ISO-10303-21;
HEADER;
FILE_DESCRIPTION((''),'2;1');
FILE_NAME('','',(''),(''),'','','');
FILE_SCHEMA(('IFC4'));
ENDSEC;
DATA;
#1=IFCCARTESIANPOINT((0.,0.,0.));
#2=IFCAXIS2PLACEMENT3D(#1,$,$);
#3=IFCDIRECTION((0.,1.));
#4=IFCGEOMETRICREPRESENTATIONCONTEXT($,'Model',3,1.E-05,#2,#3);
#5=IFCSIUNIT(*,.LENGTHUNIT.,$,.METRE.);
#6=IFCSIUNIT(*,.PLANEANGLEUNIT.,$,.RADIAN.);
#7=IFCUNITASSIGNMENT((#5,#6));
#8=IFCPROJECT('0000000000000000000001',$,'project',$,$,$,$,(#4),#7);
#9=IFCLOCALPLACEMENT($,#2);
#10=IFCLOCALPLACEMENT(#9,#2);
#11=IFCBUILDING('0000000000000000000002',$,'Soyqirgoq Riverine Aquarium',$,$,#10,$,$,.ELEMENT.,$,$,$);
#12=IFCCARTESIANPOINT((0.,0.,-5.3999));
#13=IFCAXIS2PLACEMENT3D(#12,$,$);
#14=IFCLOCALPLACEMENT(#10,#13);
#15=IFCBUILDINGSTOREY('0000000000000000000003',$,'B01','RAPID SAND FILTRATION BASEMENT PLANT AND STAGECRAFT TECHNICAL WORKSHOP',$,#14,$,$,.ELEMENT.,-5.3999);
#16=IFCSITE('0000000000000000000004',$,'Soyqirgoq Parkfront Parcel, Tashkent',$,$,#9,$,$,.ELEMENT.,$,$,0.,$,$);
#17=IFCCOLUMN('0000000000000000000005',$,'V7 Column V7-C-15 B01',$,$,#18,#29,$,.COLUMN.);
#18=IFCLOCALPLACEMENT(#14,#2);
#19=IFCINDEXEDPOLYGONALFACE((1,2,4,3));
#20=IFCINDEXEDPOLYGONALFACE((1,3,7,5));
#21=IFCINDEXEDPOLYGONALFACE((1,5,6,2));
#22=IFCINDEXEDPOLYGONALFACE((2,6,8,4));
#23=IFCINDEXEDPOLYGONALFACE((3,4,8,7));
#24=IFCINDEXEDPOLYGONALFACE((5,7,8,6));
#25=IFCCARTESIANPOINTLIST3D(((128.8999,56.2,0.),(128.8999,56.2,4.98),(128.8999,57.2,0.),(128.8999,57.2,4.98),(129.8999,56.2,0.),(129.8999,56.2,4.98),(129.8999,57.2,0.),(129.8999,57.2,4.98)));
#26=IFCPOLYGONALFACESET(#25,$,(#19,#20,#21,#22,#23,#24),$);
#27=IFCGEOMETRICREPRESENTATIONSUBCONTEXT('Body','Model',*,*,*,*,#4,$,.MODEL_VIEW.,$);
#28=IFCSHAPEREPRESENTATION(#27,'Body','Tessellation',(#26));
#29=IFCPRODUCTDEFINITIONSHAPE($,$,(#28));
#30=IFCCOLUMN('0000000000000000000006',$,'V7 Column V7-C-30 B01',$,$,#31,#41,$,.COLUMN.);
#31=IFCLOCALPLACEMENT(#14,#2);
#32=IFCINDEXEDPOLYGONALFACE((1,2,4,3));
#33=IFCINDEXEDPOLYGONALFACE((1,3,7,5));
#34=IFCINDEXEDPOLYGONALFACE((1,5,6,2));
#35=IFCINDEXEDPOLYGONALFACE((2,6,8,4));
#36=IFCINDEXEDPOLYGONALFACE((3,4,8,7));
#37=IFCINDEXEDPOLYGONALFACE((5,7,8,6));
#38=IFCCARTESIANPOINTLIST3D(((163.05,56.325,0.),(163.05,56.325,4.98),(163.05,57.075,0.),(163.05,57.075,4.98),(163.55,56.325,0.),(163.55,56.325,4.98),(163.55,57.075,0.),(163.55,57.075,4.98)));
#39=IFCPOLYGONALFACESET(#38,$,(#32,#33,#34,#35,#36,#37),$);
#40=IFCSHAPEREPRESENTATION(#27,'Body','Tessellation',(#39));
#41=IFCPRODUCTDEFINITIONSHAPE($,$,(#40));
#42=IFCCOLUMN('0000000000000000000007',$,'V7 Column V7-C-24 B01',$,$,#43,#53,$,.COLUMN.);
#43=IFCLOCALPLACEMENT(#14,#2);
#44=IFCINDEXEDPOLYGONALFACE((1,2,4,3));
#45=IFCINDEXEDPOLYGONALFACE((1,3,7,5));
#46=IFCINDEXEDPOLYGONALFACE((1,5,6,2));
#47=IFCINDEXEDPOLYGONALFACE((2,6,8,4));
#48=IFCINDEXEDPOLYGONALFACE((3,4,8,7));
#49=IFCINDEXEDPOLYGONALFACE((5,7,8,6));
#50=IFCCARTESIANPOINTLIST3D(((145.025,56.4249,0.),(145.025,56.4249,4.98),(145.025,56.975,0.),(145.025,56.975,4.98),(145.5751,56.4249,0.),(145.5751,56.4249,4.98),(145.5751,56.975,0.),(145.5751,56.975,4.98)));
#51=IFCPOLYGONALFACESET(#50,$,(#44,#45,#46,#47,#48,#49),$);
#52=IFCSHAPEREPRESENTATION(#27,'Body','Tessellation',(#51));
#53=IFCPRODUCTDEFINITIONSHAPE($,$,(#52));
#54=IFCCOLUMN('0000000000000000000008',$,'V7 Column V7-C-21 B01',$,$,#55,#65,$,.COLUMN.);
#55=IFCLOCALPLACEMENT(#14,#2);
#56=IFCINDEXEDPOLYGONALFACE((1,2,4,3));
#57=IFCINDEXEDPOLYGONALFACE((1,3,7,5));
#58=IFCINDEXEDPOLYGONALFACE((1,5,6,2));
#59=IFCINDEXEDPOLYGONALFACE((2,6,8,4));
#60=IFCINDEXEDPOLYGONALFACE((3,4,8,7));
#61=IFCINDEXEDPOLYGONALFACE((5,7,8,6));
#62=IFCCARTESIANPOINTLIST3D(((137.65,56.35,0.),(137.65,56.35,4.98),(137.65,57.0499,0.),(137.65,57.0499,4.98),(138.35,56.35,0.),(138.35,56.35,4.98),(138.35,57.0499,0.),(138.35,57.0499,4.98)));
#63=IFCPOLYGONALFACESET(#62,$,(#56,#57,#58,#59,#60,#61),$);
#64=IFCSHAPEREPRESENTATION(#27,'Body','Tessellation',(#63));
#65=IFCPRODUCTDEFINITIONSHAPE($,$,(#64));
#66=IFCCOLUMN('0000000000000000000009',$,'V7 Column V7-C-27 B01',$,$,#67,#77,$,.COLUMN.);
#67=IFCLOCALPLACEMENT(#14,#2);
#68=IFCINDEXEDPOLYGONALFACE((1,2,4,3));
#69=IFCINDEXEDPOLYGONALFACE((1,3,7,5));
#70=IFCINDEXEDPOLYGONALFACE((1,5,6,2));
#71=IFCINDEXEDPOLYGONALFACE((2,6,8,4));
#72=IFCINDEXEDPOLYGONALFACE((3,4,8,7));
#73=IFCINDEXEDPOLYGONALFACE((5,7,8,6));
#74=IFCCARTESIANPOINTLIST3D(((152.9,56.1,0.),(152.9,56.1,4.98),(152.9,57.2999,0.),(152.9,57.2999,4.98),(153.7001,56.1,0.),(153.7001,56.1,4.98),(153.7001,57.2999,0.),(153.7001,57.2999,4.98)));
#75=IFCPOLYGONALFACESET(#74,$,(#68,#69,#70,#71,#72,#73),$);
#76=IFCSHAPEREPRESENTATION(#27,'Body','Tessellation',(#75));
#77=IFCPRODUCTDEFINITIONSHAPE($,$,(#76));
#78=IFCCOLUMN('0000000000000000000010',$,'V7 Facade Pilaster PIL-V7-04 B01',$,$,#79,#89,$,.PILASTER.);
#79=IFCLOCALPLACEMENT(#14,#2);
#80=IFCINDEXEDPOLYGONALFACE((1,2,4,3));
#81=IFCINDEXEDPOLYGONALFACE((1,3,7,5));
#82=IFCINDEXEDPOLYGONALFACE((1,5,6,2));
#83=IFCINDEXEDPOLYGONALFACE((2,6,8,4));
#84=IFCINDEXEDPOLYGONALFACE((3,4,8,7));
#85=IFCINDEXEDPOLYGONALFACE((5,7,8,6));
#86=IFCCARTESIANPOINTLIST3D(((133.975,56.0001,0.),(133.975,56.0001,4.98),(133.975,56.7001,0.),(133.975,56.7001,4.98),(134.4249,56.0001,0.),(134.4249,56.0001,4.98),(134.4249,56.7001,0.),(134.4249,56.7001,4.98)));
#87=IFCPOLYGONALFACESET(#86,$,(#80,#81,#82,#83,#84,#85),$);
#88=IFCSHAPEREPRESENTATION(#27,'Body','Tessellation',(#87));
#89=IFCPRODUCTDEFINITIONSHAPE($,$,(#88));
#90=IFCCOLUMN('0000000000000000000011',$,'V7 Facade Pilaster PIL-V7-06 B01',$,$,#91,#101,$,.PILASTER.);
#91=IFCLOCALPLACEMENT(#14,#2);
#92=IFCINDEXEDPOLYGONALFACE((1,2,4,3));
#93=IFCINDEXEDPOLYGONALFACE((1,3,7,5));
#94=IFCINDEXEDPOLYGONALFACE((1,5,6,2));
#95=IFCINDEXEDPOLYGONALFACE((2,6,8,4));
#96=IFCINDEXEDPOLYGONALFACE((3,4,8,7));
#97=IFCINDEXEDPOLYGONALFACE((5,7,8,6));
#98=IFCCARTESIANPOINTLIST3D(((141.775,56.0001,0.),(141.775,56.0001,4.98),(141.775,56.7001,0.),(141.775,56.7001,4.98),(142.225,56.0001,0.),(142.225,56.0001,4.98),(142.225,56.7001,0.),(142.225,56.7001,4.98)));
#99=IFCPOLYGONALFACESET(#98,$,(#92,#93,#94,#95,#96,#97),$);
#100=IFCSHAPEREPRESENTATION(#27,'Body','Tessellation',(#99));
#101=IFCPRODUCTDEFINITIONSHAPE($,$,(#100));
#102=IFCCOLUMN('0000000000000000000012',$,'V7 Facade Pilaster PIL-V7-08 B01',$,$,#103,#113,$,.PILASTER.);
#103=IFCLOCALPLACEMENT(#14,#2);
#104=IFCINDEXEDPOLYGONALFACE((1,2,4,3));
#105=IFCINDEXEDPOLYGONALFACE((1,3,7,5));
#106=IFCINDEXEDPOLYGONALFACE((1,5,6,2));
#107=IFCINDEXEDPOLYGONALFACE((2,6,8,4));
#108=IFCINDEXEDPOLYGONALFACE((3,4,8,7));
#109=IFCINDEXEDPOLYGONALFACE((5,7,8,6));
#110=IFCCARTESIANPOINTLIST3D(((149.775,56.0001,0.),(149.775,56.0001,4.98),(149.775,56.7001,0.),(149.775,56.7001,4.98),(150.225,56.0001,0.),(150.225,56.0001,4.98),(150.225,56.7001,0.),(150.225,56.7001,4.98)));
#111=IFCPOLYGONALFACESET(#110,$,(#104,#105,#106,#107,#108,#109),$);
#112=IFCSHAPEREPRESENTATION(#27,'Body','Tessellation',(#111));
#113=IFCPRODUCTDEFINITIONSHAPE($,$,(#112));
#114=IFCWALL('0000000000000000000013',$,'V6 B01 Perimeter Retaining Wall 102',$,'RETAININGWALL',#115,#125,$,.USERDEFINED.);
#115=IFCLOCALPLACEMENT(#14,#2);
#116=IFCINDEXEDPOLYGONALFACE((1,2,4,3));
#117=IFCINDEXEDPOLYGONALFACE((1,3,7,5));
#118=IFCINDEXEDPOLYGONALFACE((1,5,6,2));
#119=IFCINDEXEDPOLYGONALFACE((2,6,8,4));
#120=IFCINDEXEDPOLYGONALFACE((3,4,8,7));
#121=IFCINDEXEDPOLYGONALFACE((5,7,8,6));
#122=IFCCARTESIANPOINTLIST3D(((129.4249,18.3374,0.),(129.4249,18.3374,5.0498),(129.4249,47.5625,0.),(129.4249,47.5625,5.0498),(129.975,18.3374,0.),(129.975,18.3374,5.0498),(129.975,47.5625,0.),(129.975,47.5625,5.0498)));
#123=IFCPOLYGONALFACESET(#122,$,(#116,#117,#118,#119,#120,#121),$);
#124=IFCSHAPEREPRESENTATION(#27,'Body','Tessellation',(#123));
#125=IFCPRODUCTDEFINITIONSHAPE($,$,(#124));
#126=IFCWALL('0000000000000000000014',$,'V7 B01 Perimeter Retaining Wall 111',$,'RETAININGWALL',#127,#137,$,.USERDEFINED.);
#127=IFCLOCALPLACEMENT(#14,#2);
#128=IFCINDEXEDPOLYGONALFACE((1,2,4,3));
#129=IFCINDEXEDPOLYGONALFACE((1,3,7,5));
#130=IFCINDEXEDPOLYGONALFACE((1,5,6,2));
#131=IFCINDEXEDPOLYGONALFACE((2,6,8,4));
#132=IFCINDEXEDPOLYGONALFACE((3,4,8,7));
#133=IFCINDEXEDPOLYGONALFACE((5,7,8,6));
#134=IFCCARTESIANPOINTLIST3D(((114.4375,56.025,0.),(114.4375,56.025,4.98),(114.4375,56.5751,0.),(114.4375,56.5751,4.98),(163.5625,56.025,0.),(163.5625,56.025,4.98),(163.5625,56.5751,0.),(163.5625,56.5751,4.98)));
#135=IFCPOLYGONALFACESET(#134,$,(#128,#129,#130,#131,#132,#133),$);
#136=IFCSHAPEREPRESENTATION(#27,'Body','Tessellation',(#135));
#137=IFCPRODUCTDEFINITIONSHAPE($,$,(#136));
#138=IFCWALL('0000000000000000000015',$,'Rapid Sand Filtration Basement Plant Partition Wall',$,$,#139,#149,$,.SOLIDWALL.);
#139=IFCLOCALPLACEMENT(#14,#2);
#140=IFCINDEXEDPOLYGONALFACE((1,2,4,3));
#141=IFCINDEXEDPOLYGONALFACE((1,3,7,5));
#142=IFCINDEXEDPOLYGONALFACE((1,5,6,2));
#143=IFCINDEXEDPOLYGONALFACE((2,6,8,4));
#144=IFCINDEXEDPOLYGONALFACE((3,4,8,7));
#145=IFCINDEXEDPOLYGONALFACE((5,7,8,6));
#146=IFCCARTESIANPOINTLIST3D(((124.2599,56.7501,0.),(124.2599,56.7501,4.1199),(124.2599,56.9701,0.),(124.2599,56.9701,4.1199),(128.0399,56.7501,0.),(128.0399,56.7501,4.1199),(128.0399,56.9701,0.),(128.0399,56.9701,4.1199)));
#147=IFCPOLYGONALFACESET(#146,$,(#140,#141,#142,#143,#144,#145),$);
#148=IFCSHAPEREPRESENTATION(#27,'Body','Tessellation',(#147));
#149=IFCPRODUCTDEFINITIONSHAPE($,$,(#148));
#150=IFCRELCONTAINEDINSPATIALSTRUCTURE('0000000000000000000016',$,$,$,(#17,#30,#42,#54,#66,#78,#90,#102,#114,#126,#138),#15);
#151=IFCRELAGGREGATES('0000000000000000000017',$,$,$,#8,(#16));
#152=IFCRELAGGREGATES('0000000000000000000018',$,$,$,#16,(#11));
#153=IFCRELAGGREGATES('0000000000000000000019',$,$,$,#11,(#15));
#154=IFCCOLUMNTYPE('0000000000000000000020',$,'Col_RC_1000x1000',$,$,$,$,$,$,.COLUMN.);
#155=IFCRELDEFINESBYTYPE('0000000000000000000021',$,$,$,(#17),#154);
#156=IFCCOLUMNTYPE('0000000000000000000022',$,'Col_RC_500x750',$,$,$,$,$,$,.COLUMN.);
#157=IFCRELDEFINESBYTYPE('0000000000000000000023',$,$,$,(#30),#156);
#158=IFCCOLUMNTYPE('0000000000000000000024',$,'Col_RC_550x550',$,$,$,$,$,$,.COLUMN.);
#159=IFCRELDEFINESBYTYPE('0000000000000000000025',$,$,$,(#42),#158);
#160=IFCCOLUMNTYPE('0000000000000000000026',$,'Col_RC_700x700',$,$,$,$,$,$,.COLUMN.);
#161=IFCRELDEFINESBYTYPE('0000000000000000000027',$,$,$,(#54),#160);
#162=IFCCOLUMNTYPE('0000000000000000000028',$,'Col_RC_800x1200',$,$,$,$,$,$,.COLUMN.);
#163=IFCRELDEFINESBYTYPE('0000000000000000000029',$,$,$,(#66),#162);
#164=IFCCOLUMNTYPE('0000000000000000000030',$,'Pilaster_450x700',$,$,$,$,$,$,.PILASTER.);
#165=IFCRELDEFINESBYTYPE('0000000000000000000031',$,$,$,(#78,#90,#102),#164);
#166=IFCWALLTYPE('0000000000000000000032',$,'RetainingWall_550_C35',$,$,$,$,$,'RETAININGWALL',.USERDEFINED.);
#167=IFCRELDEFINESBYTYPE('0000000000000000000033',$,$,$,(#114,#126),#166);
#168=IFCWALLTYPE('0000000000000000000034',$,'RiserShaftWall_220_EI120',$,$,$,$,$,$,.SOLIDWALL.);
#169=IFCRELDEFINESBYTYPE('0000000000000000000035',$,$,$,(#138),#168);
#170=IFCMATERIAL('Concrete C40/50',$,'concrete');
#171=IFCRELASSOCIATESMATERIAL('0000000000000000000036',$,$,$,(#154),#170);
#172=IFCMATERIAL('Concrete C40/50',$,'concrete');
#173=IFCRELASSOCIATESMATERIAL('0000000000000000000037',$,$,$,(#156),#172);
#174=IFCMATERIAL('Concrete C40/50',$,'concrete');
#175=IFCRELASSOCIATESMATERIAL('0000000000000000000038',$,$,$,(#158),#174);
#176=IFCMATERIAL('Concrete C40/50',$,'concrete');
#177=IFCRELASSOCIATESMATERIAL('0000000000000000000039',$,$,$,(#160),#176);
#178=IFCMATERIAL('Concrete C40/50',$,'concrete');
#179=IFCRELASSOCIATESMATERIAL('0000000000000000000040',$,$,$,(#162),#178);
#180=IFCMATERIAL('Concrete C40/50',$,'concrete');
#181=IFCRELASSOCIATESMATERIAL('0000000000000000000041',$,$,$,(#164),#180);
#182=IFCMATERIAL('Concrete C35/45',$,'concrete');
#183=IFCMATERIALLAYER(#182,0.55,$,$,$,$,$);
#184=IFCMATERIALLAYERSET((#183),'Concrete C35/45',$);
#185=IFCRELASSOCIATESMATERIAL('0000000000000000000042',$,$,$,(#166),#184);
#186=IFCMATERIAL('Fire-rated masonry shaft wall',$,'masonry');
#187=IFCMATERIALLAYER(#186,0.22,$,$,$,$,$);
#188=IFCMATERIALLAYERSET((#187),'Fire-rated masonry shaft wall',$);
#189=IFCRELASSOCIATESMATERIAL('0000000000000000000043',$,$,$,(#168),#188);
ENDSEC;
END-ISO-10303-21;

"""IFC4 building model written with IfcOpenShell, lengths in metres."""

from ifc_helpers import new_model, si_unit, direction, frame, frame_2d, origin, origin_2d, place, context, subcontext, project, spatial, rectangle, extrude, material, layer, layer_set, material_profile, profile_set, type_object, element, save


model = new_model("IFC4")

# Units and contexts
model_context = context("Model", 3, precision=1e-05, world=origin(), true_north=direction((0.0, 1.0)))
body_context = subcontext(model_context, "Body", "Model", "MODEL_VIEW")
ifc_project = project(units=[si_unit("LENGTHUNIT", "METRE"), si_unit("PLANEANGLEUNIT", "RADIAN")], contexts=[model_context])

# Site, building, storey
site_placement = place(None, origin())
site = spatial("IfcSite", under=ifc_project, at=site_placement, Name="Soyqirgoq Parkfront Parcel, Tashkent", CompositionType="ELEMENT", RefElevation=0.0)
building_placement = place(site_placement, origin())
building = spatial("IfcBuilding", under=site, at=building_placement, Name="Soyqirgoq Riverine Aquarium", CompositionType="ELEMENT")
storey_placement = place(building_placement, frame((0.0, 0.0, -5.3999)))
storey = spatial("IfcBuildingStorey", under=building, at=storey_placement, Name="B01", Description="RAPID SAND FILTRATION BASEMENT PLANT AND STAGECRAFT TECHNICAL WORKSHOP", CompositionType="ELEMENT", Elevation=-5.3999)

# Columns
ifc_material_1 = material(Name="Concrete C40/50", Category="concrete")
ifc_material_profile_1 = material_profile(ifc_material_1, rectangle(XDim=1.0, YDim=1.0, at=origin_2d()), Name="RC 1000x1000")
ifc_profile_set_1 = profile_set([ifc_material_profile_1], Name="Concrete C40/50")
column_type_1 = type_object("IfcColumnType", Name="Col_RC_1000x1000", PredefinedType="COLUMN", material=ifc_profile_set_1)
column_1_placement = place(storey_placement, frame((129.3999, 56.7, 0.0), z_axis=(0.0, 0.0, 1.0), x_axis=(1.0, 0.0, 0.0)))
element("IfcColumn", 1, at=column_1_placement, inside=storey, type_object=column_type_1, Name="V7 Column V7-C-15 B01", PredefinedType="COLUMN", context=body_context, shape_type="SweptSolid", body=[
    extrude(rectangle(XDim=1.0, YDim=1.0, at=origin_2d()), origin(), (0.0, 0.0, 1.0), 4.98),
])
ifc_material_2 = material(Name="Concrete C40/50", Category="concrete")
ifc_material_profile_2 = material_profile(ifc_material_2, rectangle(XDim=0.5, YDim=0.75, at=origin_2d()), Name="RC-COL 500x750")
ifc_profile_set_2 = profile_set([ifc_material_profile_2], Name="Concrete C40/50")
column_type_2 = type_object("IfcColumnType", Name="Col_RC_500x750", PredefinedType="COLUMN", material=ifc_profile_set_2)
column_2_placement = place(storey_placement, frame((163.3, 56.7, 0.0), z_axis=(0.0, 0.0, 1.0), x_axis=(1.0, 0.0, 0.0)))
element("IfcColumn", 2, at=column_2_placement, inside=storey, type_object=column_type_2, Name="V7 Column V7-C-30 B01", PredefinedType="COLUMN", context=body_context, shape_type="SweptSolid", body=[
    extrude(rectangle(XDim=0.5, YDim=0.75, at=origin_2d()), origin(), (0.0, 0.0, 1.0), 4.98),
])
ifc_material_3 = material(Name="Concrete C40/50", Category="concrete")
ifc_material_profile_3 = material_profile(ifc_material_3, rectangle(XDim=0.55, YDim=0.55, at=origin_2d()), Name="RC 550x550")
ifc_profile_set_3 = profile_set([ifc_material_profile_3], Name="Concrete C40/50")
column_type_3 = type_object("IfcColumnType", Name="Col_RC_550x550", PredefinedType="COLUMN", material=ifc_profile_set_3)
column_3_placement = place(storey_placement, frame((145.3, 56.7, 0.0), z_axis=(0.0, 0.0, 1.0), x_axis=(1.0, 0.0, 0.0)))
element("IfcColumn", 3, at=column_3_placement, inside=storey, type_object=column_type_3, Name="V7 Column V7-C-24 B01", PredefinedType="COLUMN", context=body_context, shape_type="SweptSolid", body=[
    extrude(rectangle(XDim=0.55, YDim=0.55, at=origin_2d()), origin(), (0.0, 0.0, 1.0), 4.98),
])
ifc_material_4 = material(Name="Concrete C40/50", Category="concrete")
ifc_material_profile_4 = material_profile(ifc_material_4, rectangle(XDim=0.7, YDim=0.7, at=origin_2d()), Name="RC 700x700")
ifc_profile_set_4 = profile_set([ifc_material_profile_4], Name="Concrete C40/50")
column_type_4 = type_object("IfcColumnType", Name="Col_RC_700x700", PredefinedType="COLUMN", material=ifc_profile_set_4)
column_4_placement = place(storey_placement, frame((138.0, 56.7, 0.0), z_axis=(0.0, 0.0, 1.0), x_axis=(1.0, 0.0, 0.0)))
element("IfcColumn", 4, at=column_4_placement, inside=storey, type_object=column_type_4, Name="V7 Column V7-C-21 B01", PredefinedType="COLUMN", context=body_context, shape_type="SweptSolid", body=[
    extrude(rectangle(XDim=0.7, YDim=0.7, at=origin_2d()), origin(), (0.0, 0.0, 1.0), 4.98),
])
ifc_material_5 = material(Name="Concrete C40/50", Category="concrete")
ifc_material_profile_5 = material_profile(ifc_material_5, rectangle(XDim=0.8, YDim=1.2, at=origin_2d()), Name="RC-COL 800x1200")
ifc_profile_set_5 = profile_set([ifc_material_profile_5], Name="Concrete C40/50")
column_type_5 = type_object("IfcColumnType", Name="Col_RC_800x1200", PredefinedType="COLUMN", material=ifc_profile_set_5)
column_5_placement = place(storey_placement, frame((153.3, 56.7, 0.0), z_axis=(0.0, 0.0, 1.0), x_axis=(1.0, 0.0, 0.0)))
element("IfcColumn", 5, at=column_5_placement, inside=storey, type_object=column_type_5, Name="V7 Column V7-C-27 B01", PredefinedType="COLUMN", context=body_context, shape_type="SweptSolid", body=[
    extrude(rectangle(XDim=0.8, YDim=1.2, at=origin_2d()), origin(), (0.0, 0.0, 1.0), 4.98),
])
ifc_material_6 = material(Name="Concrete C40/50", Category="concrete")
ifc_material_profile_6 = material_profile(ifc_material_6, rectangle(XDim=0.45, YDim=0.7, at=origin_2d()), Name="RC-PIL 450x700")
ifc_profile_set_6 = profile_set([ifc_material_profile_6], Name="Concrete C40/50")
column_type_6 = type_object("IfcColumnType", Name="Pilaster_450x700", PredefinedType="PILASTER", material=ifc_profile_set_6)
for number, where, z_axis, x_axis, name in (
    (6, (134.2, 56.3501, 0.0), (0.0, 0.0, 1.0), (1.0, 0.0, 0.0), "V7 Facade Pilaster PIL-V7-04 B01"),
    (7, (142.0, 56.3501, 0.0), (0.0, 0.0, 1.0), (1.0, 0.0, 0.0), "V7 Facade Pilaster PIL-V7-06 B01"),
    (8, (150.0, 56.3501, 0.0), (0.0, 0.0, 1.0), (1.0, 0.0, 0.0), "V7 Facade Pilaster PIL-V7-08 B01"),
):
    element("IfcColumn", number, at=place(storey_placement, frame(where, z_axis=z_axis, x_axis=x_axis)), inside=storey, type_object=column_type_6, Name=name, PredefinedType="PILASTER", context=body_context, shape_type="SweptSolid", body=[
        extrude(rectangle(XDim=0.45, YDim=0.7, at=origin_2d()), origin(), (0.0, 0.0, 1.0), 4.98),
    ])

# Walls
ifc_material_7 = material(Name="Concrete C35/45", Category="concrete")
ifc_layer_1 = layer(ifc_material_7, 0.55)
ifc_layer_set_1 = layer_set([ifc_layer_1], Name="Concrete C35/45")
wall_type_1 = type_object("IfcWallType", Name="RetainingWall_550_C35", ElementType="RETAININGWALL", PredefinedType="USERDEFINED", material=ifc_layer_set_1)
wall_1_placement = place(storey_placement, frame((129.7, 47.5625, 0.0), z_axis=(0.0, 0.0, 1.0), x_axis=(0.0, -1.0, 0.0)))
element("IfcWall", 9, at=wall_1_placement, inside=storey, type_object=wall_type_1, Name="V6 B01 Perimeter Retaining Wall 102", ObjectType="RETAININGWALL", PredefinedType="USERDEFINED", context=body_context, shape_type="SweptSolid", body=[
    extrude(rectangle(XDim=29.2251, YDim=0.55, at=frame_2d((14.6125, 0.0))), origin(), (0.0, 0.0, 1.0), 5.0498),
])
wall_2_placement = place(storey_placement, frame((163.5625, 56.3, 0.0), z_axis=(0.0, 0.0, 1.0), x_axis=(-1.0, 0.0, 0.0)))
element("IfcWall", 10, at=wall_2_placement, inside=storey, type_object=wall_type_1, Name="V7 B01 Perimeter Retaining Wall 111", ObjectType="RETAININGWALL", PredefinedType="USERDEFINED", context=body_context, shape_type="SweptSolid", body=[
    extrude(rectangle(XDim=49.125, YDim=0.55, at=frame_2d((24.5625, 0.0))), origin(), (0.0, 0.0, 1.0), 4.98),
])
ifc_material_8 = material(Name="Fire-rated masonry shaft wall", Category="masonry")
ifc_layer_2 = layer(ifc_material_8, 0.22)
ifc_layer_set_2 = layer_set([ifc_layer_2], Name="Fire-rated masonry shaft wall")
wall_type_2 = type_object("IfcWallType", Name="RiserShaftWall_220_EI120", PredefinedType="SOLIDWALL", material=ifc_layer_set_2)
wall_3_placement = place(storey_placement, frame((128.04, 56.8601, 0.0), z_axis=(0.0, 0.0, 1.0), x_axis=(-1.0, 0.0, 0.0)))
element("IfcWall", 11, at=wall_3_placement, inside=storey, type_object=wall_type_2, Name="Rapid Sand Filtration Basement Plant Partition Wall", PredefinedType="SOLIDWALL", context=body_context, shape_type="SweptSolid", body=[
    extrude(rectangle(XDim=3.78, YDim=0.22, at=frame_2d((1.8901, 0.0))), origin(), (0.0, 0.0, 1.0), 4.1199),
])

save(model, "model.ifc")
